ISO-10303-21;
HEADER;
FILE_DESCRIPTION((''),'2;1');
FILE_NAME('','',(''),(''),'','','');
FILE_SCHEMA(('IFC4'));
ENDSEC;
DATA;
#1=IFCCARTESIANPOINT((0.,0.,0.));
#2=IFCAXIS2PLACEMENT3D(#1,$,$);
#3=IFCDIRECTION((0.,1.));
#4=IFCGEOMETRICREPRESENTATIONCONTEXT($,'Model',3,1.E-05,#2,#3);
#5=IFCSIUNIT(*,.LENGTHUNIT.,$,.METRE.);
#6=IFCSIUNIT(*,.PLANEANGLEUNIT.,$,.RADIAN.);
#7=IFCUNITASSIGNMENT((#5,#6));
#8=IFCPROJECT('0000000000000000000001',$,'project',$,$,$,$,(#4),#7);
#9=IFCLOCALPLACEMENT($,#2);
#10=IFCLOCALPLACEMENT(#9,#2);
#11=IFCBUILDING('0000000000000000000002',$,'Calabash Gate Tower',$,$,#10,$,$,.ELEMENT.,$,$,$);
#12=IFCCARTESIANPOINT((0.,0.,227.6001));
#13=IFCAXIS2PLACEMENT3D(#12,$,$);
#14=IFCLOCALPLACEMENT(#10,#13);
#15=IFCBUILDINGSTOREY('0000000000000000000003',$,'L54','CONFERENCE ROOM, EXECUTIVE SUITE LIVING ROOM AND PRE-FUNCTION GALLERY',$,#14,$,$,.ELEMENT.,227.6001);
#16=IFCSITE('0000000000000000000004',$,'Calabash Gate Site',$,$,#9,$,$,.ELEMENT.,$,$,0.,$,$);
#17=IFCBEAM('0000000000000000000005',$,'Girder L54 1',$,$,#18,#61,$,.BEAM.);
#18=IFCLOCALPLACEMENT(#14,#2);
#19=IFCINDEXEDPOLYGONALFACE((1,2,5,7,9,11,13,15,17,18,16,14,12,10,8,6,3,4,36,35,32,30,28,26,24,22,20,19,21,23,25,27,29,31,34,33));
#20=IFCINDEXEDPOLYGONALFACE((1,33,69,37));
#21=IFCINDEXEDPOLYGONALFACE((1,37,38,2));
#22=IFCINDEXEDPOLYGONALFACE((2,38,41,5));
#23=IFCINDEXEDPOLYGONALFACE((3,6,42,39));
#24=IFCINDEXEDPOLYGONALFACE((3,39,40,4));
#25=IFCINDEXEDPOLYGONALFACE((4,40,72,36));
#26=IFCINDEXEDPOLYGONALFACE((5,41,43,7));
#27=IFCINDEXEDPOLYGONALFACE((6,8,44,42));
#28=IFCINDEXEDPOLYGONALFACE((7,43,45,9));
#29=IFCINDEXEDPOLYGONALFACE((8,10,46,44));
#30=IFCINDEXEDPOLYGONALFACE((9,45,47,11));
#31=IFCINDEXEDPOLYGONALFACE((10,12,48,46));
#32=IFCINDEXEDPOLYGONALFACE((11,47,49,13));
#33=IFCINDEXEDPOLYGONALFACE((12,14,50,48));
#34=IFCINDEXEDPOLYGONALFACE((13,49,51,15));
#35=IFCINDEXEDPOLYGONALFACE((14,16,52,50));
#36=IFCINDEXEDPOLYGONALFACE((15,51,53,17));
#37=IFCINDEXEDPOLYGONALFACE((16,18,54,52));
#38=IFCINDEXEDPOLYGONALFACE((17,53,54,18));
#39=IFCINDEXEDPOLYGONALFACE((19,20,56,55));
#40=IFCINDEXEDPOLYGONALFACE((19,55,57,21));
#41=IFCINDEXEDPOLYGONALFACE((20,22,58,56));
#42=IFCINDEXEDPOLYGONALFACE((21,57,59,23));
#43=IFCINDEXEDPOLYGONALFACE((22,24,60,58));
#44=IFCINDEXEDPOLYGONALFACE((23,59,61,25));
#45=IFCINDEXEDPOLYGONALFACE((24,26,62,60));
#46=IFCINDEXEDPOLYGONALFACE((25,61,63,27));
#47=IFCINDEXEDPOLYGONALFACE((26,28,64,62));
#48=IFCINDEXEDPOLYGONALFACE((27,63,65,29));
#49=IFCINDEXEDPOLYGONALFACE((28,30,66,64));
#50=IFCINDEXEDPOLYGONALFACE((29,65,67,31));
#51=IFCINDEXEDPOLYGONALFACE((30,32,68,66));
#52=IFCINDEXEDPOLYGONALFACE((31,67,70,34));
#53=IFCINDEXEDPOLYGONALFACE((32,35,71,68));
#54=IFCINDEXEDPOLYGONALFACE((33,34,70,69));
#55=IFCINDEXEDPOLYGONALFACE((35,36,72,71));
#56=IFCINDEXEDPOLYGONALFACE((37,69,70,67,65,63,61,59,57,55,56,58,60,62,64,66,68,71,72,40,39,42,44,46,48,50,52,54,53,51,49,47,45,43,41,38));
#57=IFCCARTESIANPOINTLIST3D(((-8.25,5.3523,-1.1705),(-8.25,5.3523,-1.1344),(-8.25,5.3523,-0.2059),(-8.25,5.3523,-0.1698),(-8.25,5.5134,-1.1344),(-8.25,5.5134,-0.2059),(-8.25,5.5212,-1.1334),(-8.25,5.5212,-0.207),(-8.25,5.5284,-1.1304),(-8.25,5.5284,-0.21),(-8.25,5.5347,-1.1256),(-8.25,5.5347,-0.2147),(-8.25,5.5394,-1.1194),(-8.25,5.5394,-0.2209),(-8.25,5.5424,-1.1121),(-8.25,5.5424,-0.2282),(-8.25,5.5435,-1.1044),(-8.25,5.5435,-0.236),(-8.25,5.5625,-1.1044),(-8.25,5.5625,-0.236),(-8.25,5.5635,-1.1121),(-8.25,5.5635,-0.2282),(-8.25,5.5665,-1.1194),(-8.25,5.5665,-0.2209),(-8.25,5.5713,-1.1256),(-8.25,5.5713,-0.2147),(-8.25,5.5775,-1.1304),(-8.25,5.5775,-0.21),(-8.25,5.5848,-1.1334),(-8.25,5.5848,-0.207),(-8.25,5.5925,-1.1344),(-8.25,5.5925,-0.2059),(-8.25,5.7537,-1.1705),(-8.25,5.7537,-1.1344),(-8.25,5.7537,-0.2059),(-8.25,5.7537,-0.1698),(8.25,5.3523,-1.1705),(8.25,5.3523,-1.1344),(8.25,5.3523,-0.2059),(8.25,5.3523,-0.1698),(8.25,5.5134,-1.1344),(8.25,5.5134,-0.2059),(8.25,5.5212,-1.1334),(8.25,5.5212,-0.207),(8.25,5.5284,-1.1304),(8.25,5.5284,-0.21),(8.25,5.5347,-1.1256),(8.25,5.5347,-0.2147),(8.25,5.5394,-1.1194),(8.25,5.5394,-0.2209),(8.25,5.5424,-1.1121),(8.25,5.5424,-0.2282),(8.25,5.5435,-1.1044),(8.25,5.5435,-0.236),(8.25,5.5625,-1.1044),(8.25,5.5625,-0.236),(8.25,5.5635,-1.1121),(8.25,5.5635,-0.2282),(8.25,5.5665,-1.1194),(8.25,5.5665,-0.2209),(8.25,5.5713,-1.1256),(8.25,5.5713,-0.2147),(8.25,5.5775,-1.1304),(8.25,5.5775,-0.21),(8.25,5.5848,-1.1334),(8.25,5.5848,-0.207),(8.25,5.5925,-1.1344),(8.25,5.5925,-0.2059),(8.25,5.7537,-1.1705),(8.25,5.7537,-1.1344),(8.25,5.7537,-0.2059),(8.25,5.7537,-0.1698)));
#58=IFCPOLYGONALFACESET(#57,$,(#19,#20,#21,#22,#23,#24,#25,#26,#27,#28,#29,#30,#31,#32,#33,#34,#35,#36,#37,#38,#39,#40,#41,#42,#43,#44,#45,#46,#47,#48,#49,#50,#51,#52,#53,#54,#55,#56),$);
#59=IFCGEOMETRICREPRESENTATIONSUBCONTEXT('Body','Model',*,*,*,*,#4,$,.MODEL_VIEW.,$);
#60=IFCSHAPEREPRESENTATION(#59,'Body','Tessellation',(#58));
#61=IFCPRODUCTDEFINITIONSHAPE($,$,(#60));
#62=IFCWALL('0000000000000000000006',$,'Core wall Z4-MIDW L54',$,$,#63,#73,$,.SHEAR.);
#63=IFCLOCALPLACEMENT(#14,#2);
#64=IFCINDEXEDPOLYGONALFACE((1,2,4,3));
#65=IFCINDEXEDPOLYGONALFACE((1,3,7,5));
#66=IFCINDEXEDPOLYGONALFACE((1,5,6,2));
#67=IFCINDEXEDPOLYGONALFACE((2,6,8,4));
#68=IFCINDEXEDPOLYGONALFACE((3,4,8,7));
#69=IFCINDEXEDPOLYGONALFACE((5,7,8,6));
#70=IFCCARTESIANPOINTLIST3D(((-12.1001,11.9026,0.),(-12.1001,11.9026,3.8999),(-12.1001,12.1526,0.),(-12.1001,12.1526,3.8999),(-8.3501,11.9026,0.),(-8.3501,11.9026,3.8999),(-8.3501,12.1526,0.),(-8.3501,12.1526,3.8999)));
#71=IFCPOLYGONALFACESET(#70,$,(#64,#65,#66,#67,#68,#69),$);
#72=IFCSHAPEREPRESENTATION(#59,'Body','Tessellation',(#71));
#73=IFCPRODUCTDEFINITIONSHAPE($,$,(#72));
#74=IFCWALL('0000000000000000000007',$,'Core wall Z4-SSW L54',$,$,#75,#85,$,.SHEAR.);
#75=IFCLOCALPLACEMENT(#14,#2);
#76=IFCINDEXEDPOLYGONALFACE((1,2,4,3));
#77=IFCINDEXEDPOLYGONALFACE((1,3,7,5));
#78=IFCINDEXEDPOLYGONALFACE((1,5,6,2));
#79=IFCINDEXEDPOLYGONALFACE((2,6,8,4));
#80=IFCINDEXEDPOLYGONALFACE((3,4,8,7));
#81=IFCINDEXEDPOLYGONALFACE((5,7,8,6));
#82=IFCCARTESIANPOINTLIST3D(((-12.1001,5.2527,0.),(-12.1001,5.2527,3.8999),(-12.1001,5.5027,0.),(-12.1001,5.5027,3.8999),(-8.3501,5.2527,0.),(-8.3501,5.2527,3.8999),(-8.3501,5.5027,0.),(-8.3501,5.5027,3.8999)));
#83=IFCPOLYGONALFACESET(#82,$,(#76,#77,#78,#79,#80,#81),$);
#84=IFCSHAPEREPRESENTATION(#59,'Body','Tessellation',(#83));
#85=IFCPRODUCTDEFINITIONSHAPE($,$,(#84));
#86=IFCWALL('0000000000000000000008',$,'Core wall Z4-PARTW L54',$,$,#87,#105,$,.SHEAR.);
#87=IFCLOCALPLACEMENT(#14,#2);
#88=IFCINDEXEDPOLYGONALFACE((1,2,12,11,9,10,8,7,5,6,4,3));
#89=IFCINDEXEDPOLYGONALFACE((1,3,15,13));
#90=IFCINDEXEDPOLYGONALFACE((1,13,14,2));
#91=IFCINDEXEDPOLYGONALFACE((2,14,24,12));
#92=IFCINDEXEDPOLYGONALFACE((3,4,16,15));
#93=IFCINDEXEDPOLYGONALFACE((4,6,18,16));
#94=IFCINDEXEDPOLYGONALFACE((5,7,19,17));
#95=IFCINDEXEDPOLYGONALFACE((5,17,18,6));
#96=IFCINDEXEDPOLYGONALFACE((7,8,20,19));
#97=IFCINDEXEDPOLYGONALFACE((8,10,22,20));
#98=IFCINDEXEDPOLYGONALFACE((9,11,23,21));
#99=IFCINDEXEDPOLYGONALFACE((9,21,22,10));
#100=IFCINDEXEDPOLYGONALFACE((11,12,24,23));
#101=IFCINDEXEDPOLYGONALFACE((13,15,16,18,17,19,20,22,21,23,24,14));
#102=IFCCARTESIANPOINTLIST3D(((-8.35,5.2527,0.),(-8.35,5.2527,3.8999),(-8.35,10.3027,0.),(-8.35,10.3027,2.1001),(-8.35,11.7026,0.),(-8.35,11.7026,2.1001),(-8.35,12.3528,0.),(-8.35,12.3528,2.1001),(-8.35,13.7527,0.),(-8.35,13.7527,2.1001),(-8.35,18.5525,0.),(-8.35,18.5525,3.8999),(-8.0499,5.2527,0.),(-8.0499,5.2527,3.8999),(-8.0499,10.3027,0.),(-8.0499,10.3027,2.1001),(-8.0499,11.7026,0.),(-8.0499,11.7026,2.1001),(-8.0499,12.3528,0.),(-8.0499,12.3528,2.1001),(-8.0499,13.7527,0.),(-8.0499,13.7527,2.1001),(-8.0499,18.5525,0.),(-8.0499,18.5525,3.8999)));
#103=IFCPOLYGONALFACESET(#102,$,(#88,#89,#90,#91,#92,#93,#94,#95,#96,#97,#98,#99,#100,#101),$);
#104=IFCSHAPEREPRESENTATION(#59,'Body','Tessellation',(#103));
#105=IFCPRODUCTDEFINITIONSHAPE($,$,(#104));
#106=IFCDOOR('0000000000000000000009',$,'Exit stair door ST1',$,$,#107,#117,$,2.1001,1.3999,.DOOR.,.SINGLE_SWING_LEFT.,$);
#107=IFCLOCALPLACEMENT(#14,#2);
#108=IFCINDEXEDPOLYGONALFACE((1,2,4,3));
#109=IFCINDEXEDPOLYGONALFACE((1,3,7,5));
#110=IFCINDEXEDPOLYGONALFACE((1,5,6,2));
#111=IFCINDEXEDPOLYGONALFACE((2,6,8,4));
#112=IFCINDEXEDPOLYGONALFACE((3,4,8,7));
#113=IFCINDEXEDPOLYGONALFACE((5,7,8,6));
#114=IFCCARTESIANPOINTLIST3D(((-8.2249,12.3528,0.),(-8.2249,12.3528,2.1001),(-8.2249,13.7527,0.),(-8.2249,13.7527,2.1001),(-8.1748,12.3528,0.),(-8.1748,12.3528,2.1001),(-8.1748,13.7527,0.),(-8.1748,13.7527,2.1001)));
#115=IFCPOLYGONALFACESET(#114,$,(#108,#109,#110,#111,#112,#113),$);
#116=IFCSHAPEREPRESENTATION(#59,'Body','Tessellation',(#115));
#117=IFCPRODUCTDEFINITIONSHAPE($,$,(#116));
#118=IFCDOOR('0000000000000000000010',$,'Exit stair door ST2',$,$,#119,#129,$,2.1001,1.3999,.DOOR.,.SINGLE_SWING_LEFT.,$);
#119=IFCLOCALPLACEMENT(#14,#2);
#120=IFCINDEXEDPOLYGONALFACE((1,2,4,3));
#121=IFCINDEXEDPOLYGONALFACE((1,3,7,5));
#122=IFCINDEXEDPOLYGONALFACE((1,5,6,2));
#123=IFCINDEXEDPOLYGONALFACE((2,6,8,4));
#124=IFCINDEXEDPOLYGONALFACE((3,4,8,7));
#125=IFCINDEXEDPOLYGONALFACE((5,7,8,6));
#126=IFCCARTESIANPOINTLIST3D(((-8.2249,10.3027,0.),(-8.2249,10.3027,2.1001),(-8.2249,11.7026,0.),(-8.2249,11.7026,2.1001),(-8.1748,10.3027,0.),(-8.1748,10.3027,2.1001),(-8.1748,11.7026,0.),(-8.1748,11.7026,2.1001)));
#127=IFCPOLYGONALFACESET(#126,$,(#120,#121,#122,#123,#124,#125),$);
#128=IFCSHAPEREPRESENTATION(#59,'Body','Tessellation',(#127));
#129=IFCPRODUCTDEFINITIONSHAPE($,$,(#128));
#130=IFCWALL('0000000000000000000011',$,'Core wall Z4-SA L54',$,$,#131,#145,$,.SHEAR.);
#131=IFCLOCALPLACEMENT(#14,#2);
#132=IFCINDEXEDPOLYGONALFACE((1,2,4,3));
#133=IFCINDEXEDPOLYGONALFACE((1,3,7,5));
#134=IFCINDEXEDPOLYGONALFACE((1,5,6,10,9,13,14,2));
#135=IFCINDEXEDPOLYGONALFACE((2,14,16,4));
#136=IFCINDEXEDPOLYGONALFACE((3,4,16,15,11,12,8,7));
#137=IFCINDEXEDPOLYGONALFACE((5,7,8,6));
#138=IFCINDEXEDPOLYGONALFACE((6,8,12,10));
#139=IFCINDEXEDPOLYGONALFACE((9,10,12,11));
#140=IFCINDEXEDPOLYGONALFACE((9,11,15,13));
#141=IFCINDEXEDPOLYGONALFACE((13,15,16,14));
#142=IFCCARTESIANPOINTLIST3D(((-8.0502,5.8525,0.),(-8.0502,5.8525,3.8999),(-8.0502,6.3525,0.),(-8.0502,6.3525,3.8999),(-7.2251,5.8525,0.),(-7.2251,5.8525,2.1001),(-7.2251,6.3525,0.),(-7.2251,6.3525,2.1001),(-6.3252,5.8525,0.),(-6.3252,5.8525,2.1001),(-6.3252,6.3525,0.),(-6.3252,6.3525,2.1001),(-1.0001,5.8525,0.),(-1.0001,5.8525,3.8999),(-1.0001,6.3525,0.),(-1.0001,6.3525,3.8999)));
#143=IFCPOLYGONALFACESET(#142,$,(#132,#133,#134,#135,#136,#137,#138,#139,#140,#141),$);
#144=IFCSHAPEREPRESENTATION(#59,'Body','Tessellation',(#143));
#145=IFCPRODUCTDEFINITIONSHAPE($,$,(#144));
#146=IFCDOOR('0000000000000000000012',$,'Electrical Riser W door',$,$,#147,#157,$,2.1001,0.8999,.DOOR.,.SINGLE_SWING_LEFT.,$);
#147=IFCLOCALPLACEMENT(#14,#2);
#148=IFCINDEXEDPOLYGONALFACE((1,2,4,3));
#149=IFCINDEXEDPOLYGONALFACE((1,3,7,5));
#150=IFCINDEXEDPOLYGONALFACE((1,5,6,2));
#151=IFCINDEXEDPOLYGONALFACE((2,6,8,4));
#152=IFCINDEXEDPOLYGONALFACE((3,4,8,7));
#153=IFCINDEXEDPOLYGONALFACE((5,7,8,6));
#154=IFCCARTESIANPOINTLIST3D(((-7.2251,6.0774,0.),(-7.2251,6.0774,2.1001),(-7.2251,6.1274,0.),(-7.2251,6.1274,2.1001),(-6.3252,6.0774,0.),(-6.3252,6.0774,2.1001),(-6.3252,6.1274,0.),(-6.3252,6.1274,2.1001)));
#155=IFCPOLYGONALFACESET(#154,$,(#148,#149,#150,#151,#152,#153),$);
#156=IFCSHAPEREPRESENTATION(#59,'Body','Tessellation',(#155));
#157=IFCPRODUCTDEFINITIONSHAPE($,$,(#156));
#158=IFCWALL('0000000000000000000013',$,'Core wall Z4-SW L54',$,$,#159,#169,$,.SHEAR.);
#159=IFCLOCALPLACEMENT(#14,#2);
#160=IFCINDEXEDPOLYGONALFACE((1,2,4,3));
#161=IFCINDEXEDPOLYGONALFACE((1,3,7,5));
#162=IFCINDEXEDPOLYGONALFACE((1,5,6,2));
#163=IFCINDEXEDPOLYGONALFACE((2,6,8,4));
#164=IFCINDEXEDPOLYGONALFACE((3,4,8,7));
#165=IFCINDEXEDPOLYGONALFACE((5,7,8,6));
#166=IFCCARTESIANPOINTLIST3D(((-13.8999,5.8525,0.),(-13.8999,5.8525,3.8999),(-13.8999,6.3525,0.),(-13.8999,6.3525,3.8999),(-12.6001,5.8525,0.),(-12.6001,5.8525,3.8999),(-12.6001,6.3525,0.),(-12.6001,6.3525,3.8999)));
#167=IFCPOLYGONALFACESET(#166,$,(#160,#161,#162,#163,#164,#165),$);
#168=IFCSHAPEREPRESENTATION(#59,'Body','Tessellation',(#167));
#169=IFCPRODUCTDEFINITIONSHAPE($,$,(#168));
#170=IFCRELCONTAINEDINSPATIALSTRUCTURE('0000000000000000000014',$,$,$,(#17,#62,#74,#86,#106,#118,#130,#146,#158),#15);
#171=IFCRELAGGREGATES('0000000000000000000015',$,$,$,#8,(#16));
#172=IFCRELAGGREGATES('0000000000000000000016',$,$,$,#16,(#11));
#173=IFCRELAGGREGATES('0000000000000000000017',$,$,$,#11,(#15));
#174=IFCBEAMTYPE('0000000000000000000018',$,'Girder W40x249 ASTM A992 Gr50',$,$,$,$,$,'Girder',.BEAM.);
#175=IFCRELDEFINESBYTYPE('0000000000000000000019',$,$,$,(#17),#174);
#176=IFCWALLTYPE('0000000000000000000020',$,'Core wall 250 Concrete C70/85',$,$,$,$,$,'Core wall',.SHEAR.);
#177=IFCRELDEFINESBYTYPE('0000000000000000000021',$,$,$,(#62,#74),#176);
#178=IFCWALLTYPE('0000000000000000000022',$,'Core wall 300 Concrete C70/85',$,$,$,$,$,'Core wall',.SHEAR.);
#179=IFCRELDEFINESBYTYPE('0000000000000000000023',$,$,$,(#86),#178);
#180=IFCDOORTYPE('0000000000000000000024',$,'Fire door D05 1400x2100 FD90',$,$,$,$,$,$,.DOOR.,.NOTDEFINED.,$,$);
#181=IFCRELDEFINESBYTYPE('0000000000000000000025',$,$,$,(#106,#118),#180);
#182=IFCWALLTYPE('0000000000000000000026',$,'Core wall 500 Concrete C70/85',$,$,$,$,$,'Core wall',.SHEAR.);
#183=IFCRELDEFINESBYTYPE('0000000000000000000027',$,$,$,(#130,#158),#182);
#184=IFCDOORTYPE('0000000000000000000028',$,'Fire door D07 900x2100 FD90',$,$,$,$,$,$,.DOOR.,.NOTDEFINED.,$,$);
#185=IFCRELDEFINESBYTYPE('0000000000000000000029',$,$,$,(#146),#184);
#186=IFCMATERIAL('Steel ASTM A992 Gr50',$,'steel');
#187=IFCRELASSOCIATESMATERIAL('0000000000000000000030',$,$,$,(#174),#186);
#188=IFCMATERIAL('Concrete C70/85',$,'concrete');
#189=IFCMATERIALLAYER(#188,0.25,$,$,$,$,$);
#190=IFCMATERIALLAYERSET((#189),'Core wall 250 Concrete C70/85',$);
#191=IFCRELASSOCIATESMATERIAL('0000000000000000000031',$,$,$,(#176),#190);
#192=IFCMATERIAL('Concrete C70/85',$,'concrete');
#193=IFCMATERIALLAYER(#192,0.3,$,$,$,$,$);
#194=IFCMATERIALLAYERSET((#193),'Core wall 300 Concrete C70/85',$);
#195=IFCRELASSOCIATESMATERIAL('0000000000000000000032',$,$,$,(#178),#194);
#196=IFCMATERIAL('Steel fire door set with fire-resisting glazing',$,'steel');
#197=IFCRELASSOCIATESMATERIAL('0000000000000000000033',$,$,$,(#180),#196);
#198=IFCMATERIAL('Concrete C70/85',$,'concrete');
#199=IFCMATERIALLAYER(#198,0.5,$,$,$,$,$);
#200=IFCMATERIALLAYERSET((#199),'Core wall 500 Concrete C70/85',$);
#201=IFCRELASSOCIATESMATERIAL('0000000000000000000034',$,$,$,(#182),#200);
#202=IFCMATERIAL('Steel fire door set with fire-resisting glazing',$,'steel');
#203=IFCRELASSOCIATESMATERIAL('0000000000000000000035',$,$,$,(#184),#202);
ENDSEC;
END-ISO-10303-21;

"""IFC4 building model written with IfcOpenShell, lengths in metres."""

from ifc_helpers import new_model, si_unit, direction, frame, frame_2d, origin, origin_2d, place, context, subcontext, project, spatial, rectangle, i_section, extrude, material, layer, layer_set, material_profile, profile_set, type_object, element, fill, save


model = new_model("IFC4")

# Units and contexts
model_context = context("Model", 3, precision=1e-05, world=origin(), true_north=direction((0.0, 1.0)))
body_context = subcontext(model_context, "Body", "Model", "MODEL_VIEW")
ifc_project = project(units=[si_unit("LENGTHUNIT", "METRE"), si_unit("PLANEANGLEUNIT", "RADIAN")], contexts=[model_context])

# Site, building, storey
site_placement = place(None, origin())
site = spatial("IfcSite", under=ifc_project, at=site_placement, Name="Calabash Gate Site", CompositionType="ELEMENT", RefElevation=0.0)
building_placement = place(site_placement, origin())
building = spatial("IfcBuilding", under=site, at=building_placement, Name="Calabash Gate Tower", CompositionType="ELEMENT")
storey_placement = place(building_placement, frame((0.0, 0.0, 227.6001)))
storey = spatial("IfcBuildingStorey", under=building, at=storey_placement, Name="L54", Description="CONFERENCE ROOM, EXECUTIVE SUITE LIVING ROOM AND PRE-FUNCTION GALLERY", CompositionType="ELEMENT", Elevation=227.6001)

# Beam
ifc_material_1 = material(Name="Steel ASTM A992 Gr50", Category="steel")
ifc_material_profile = material_profile(ifc_material_1, i_section(OverallWidth=0.4014, OverallDepth=1.0007, WebThickness=0.019, FlangeThickness=0.0361, FilletRadius=0.03, at=origin_2d()))
ifc_profile_set = profile_set([ifc_material_profile], Name="Steel ASTM A992 Gr50")
beam_type = type_object("IfcBeamType", Name="Girder W40x249 ASTM A992 Gr50", ElementType="Girder", PredefinedType="BEAM", material=ifc_profile_set)
beam_placement = place(storey_placement, frame((-8.25, 5.553, -0.6702), z_axis=(1.0, 0.0, 0.0), x_axis=(0.0, 1.0, 0.0)))
element("IfcBeam", 1, at=beam_placement, inside=storey, type_object=beam_type, Name="Girder L54 1", PredefinedType="BEAM", context=body_context, shape_type="SweptSolid", body=[
    extrude(i_section(OverallWidth=0.4014, OverallDepth=1.0007, WebThickness=0.019, FlangeThickness=0.0361, FilletRadius=0.03, at=origin_2d()), origin(), (0.0, 0.0, 1.0), 16.5),
])

# Walls
ifc_material_2 = material(Name="Concrete C70/85", Category="concrete")
ifc_layer_1 = layer(ifc_material_2, 0.25)
ifc_layer_set_1 = layer_set([ifc_layer_1], Name="Core wall 250 Concrete C70/85")
wall_type_1 = type_object("IfcWallType", Name="Core wall 250 Concrete C70/85", ElementType="Core wall", PredefinedType="SHEAR", material=ifc_layer_set_1)
for number, where, z_axis, x_axis, name in (
    (2, (-12.1001, 12.0276, 0.0), (0.0, 0.0, 1.0), (1.0, 0.0, 0.0), "Core wall Z4-MIDW L54"),
    (3, (-12.1001, 5.3777, 0.0), (0.0, 0.0, 1.0), (1.0, 0.0, 0.0), "Core wall Z4-SSW L54"),
):
    element("IfcWall", number, at=place(storey_placement, frame(where, z_axis=z_axis, x_axis=x_axis)), inside=storey, type_object=wall_type_1, Name=name, PredefinedType="SHEAR", context=body_context, shape_type="SweptSolid", body=[
        extrude(rectangle(XDim=3.75, YDim=0.25, at=frame_2d((1.875, 0.0))), origin(), (0.0, 0.0, 1.0), 3.8999),
    ])

# Wall, openings, doors
ifc_material_3 = material(Name="Concrete C70/85", Category="concrete")
ifc_layer_2 = layer(ifc_material_3, 0.3)
ifc_layer_set_2 = layer_set([ifc_layer_2], Name="Core wall 300 Concrete C70/85")
wall_type_2 = type_object("IfcWallType", Name="Core wall 300 Concrete C70/85", ElementType="Core wall", PredefinedType="SHEAR", material=ifc_layer_set_2)
wall_1_placement = place(storey_placement, frame((-8.2, 5.2527, 0.0), z_axis=(0.0, 0.0, 1.0), x_axis=(0.0, 1.0, 0.0)))
wall_1 = element("IfcWall", 4, at=wall_1_placement, inside=storey, type_object=wall_type_2, Name="Core wall Z4-PARTW L54", PredefinedType="SHEAR", context=body_context, shape_type="SweptSolid", body=[
    extrude(rectangle(XDim=13.2998, YDim=0.3, at=frame_2d((6.6499, 0.0))), origin(), (0.0, 0.0, 1.0), 3.8999),
])
opening_1_placement = place(wall_1_placement, frame((7.1001, 0.0, 0.0)))
opening_1 = element("IfcOpeningElement", 5, at=opening_1_placement, cuts=wall_1, PredefinedType="OPENING", context=body_context, shape_type="SweptSolid", body=[
    extrude(rectangle(XDim=1.3999, YDim=2.1001, at=frame_2d((0.7, 1.05))), frame((0.0, 0.1599, 0.0), z_axis=(0.0, -1.0, 0.0), x_axis=(1.0, 0.0, 0.0)), (0.0, 0.0, 1.0), 0.3201),
])
opening_2_placement = place(wall_1_placement, frame((5.05, 0.0, 0.0)))
opening_2 = element("IfcOpeningElement", 6, at=opening_2_placement, cuts=wall_1, PredefinedType="OPENING", context=body_context, shape_type="SweptSolid", body=[
    extrude(rectangle(XDim=1.3999, YDim=2.1001, at=frame_2d((0.7, 1.05))), frame((0.0, 0.1599, 0.0), z_axis=(0.0, -1.0, 0.0), x_axis=(1.0, 0.0, 0.0)), (0.0, 0.0, 1.0), 0.3201),
])
ifc_material_4 = material(Name="Steel fire door set with fire-resisting glazing", Category="steel")
door_type_1 = type_object("IfcDoorType", Name="Fire door D05 1400x2100 FD90", OperationType="NOTDEFINED", PredefinedType="DOOR", material=ifc_material_4)
door_1_placement = place(opening_1_placement, origin())
door_1 = element("IfcDoor", 7, at=door_1_placement, inside=storey, type_object=door_type_1, Name="Exit stair door ST1", OperationType="SINGLE_SWING_LEFT", OverallHeight=2.1001, OverallWidth=1.3999, PredefinedType="DOOR", context=body_context, shape_type="SweptSolid", body=[
    extrude(rectangle(XDim=1.3999, YDim=2.1001, at=frame_2d((0.7, 1.05))), frame((0.0, 0.0249, 0.0), z_axis=(0.0, -1.0, 0.0), x_axis=(1.0, 0.0, 0.0)), (0.0, 0.0, 1.0), 0.05),
])
fill(opening_1, door_1)
door_2_placement = place(opening_2_placement, origin())
door_2 = element("IfcDoor", 8, at=door_2_placement, inside=storey, type_object=door_type_1, Name="Exit stair door ST2", OperationType="SINGLE_SWING_LEFT", OverallHeight=2.1001, OverallWidth=1.3999, PredefinedType="DOOR", context=body_context, shape_type="SweptSolid", body=[
    extrude(rectangle(XDim=1.3999, YDim=2.1001, at=frame_2d((0.7, 1.05))), frame((0.0, 0.0249, 0.0), z_axis=(0.0, -1.0, 0.0), x_axis=(1.0, 0.0, 0.0)), (0.0, 0.0, 1.0), 0.05),
])
fill(opening_2, door_2)

# Wall, opening, door
ifc_material_5 = material(Name="Concrete C70/85", Category="concrete")
ifc_layer_3 = layer(ifc_material_5, 0.5)
ifc_layer_set_3 = layer_set([ifc_layer_3], Name="Core wall 500 Concrete C70/85")
wall_type_3 = type_object("IfcWallType", Name="Core wall 500 Concrete C70/85", ElementType="Core wall", PredefinedType="SHEAR", material=ifc_layer_set_3)
wall_2_placement = place(storey_placement, frame((-8.05, 6.1025, 0.0), z_axis=(0.0, 0.0, 1.0), x_axis=(1.0, 0.0, 0.0)))
wall_2 = element("IfcWall", 9, at=wall_2_placement, inside=storey, type_object=wall_type_3, Name="Core wall Z4-SA L54", PredefinedType="SHEAR", context=body_context, shape_type="SweptSolid", body=[
    extrude(rectangle(XDim=7.05, YDim=0.5, at=frame_2d((3.5249, 0.0))), origin(), (0.0, 0.0, 1.0), 3.8999),
])
opening_3_placement = place(wall_2_placement, frame((0.825, 0.0, 0.0)))
opening_3 = element("IfcOpeningElement", 10, at=opening_3_placement, cuts=wall_2, PredefinedType="OPENING", context=body_context, shape_type="SweptSolid", body=[
    extrude(rectangle(XDim=0.8999, YDim=2.1001, at=frame_2d((0.45, 1.05))), frame((0.0, 0.26, 0.0), z_axis=(0.0, -1.0, 0.0), x_axis=(1.0, 0.0, 0.0)), (0.0, 0.0, 1.0), 0.52),
])
ifc_material_6 = material(Name="Steel fire door set with fire-resisting glazing", Category="steel")
door_type_2 = type_object("IfcDoorType", Name="Fire door D07 900x2100 FD90", OperationType="NOTDEFINED", PredefinedType="DOOR", material=ifc_material_6)
door_3_placement = place(opening_3_placement, origin())
door_3 = element("IfcDoor", 11, at=door_3_placement, inside=storey, type_object=door_type_2, Name="Electrical Riser W door", OperationType="SINGLE_SWING_LEFT", OverallHeight=2.1001, OverallWidth=0.8999, PredefinedType="DOOR", context=body_context, shape_type="SweptSolid", body=[
    extrude(rectangle(XDim=0.8999, YDim=2.1001, at=frame_2d((0.45, 1.05))), frame((0.0, 0.0249, 0.0), z_axis=(0.0, -1.0, 0.0), x_axis=(1.0, 0.0, 0.0)), (0.0, 0.0, 1.0), 0.05),
])
fill(opening_3, door_3)

# Wall
wall_3_placement = place(storey_placement, frame((-12.6001, 6.1025, 0.0), z_axis=(0.0, 0.0, 1.0), x_axis=(-1.0, 0.0, 0.0)))
element("IfcWall", 12, at=wall_3_placement, inside=storey, type_object=wall_type_3, Name="Core wall Z4-SW L54", PredefinedType="SHEAR", context=body_context, shape_type="SweptSolid", body=[
    extrude(rectangle(XDim=1.2998, YDim=0.5, at=frame_2d((0.6499, 0.0))), origin(), (0.0, 0.0, 1.0), 3.8999),
])

save(model, "model.ifc")
